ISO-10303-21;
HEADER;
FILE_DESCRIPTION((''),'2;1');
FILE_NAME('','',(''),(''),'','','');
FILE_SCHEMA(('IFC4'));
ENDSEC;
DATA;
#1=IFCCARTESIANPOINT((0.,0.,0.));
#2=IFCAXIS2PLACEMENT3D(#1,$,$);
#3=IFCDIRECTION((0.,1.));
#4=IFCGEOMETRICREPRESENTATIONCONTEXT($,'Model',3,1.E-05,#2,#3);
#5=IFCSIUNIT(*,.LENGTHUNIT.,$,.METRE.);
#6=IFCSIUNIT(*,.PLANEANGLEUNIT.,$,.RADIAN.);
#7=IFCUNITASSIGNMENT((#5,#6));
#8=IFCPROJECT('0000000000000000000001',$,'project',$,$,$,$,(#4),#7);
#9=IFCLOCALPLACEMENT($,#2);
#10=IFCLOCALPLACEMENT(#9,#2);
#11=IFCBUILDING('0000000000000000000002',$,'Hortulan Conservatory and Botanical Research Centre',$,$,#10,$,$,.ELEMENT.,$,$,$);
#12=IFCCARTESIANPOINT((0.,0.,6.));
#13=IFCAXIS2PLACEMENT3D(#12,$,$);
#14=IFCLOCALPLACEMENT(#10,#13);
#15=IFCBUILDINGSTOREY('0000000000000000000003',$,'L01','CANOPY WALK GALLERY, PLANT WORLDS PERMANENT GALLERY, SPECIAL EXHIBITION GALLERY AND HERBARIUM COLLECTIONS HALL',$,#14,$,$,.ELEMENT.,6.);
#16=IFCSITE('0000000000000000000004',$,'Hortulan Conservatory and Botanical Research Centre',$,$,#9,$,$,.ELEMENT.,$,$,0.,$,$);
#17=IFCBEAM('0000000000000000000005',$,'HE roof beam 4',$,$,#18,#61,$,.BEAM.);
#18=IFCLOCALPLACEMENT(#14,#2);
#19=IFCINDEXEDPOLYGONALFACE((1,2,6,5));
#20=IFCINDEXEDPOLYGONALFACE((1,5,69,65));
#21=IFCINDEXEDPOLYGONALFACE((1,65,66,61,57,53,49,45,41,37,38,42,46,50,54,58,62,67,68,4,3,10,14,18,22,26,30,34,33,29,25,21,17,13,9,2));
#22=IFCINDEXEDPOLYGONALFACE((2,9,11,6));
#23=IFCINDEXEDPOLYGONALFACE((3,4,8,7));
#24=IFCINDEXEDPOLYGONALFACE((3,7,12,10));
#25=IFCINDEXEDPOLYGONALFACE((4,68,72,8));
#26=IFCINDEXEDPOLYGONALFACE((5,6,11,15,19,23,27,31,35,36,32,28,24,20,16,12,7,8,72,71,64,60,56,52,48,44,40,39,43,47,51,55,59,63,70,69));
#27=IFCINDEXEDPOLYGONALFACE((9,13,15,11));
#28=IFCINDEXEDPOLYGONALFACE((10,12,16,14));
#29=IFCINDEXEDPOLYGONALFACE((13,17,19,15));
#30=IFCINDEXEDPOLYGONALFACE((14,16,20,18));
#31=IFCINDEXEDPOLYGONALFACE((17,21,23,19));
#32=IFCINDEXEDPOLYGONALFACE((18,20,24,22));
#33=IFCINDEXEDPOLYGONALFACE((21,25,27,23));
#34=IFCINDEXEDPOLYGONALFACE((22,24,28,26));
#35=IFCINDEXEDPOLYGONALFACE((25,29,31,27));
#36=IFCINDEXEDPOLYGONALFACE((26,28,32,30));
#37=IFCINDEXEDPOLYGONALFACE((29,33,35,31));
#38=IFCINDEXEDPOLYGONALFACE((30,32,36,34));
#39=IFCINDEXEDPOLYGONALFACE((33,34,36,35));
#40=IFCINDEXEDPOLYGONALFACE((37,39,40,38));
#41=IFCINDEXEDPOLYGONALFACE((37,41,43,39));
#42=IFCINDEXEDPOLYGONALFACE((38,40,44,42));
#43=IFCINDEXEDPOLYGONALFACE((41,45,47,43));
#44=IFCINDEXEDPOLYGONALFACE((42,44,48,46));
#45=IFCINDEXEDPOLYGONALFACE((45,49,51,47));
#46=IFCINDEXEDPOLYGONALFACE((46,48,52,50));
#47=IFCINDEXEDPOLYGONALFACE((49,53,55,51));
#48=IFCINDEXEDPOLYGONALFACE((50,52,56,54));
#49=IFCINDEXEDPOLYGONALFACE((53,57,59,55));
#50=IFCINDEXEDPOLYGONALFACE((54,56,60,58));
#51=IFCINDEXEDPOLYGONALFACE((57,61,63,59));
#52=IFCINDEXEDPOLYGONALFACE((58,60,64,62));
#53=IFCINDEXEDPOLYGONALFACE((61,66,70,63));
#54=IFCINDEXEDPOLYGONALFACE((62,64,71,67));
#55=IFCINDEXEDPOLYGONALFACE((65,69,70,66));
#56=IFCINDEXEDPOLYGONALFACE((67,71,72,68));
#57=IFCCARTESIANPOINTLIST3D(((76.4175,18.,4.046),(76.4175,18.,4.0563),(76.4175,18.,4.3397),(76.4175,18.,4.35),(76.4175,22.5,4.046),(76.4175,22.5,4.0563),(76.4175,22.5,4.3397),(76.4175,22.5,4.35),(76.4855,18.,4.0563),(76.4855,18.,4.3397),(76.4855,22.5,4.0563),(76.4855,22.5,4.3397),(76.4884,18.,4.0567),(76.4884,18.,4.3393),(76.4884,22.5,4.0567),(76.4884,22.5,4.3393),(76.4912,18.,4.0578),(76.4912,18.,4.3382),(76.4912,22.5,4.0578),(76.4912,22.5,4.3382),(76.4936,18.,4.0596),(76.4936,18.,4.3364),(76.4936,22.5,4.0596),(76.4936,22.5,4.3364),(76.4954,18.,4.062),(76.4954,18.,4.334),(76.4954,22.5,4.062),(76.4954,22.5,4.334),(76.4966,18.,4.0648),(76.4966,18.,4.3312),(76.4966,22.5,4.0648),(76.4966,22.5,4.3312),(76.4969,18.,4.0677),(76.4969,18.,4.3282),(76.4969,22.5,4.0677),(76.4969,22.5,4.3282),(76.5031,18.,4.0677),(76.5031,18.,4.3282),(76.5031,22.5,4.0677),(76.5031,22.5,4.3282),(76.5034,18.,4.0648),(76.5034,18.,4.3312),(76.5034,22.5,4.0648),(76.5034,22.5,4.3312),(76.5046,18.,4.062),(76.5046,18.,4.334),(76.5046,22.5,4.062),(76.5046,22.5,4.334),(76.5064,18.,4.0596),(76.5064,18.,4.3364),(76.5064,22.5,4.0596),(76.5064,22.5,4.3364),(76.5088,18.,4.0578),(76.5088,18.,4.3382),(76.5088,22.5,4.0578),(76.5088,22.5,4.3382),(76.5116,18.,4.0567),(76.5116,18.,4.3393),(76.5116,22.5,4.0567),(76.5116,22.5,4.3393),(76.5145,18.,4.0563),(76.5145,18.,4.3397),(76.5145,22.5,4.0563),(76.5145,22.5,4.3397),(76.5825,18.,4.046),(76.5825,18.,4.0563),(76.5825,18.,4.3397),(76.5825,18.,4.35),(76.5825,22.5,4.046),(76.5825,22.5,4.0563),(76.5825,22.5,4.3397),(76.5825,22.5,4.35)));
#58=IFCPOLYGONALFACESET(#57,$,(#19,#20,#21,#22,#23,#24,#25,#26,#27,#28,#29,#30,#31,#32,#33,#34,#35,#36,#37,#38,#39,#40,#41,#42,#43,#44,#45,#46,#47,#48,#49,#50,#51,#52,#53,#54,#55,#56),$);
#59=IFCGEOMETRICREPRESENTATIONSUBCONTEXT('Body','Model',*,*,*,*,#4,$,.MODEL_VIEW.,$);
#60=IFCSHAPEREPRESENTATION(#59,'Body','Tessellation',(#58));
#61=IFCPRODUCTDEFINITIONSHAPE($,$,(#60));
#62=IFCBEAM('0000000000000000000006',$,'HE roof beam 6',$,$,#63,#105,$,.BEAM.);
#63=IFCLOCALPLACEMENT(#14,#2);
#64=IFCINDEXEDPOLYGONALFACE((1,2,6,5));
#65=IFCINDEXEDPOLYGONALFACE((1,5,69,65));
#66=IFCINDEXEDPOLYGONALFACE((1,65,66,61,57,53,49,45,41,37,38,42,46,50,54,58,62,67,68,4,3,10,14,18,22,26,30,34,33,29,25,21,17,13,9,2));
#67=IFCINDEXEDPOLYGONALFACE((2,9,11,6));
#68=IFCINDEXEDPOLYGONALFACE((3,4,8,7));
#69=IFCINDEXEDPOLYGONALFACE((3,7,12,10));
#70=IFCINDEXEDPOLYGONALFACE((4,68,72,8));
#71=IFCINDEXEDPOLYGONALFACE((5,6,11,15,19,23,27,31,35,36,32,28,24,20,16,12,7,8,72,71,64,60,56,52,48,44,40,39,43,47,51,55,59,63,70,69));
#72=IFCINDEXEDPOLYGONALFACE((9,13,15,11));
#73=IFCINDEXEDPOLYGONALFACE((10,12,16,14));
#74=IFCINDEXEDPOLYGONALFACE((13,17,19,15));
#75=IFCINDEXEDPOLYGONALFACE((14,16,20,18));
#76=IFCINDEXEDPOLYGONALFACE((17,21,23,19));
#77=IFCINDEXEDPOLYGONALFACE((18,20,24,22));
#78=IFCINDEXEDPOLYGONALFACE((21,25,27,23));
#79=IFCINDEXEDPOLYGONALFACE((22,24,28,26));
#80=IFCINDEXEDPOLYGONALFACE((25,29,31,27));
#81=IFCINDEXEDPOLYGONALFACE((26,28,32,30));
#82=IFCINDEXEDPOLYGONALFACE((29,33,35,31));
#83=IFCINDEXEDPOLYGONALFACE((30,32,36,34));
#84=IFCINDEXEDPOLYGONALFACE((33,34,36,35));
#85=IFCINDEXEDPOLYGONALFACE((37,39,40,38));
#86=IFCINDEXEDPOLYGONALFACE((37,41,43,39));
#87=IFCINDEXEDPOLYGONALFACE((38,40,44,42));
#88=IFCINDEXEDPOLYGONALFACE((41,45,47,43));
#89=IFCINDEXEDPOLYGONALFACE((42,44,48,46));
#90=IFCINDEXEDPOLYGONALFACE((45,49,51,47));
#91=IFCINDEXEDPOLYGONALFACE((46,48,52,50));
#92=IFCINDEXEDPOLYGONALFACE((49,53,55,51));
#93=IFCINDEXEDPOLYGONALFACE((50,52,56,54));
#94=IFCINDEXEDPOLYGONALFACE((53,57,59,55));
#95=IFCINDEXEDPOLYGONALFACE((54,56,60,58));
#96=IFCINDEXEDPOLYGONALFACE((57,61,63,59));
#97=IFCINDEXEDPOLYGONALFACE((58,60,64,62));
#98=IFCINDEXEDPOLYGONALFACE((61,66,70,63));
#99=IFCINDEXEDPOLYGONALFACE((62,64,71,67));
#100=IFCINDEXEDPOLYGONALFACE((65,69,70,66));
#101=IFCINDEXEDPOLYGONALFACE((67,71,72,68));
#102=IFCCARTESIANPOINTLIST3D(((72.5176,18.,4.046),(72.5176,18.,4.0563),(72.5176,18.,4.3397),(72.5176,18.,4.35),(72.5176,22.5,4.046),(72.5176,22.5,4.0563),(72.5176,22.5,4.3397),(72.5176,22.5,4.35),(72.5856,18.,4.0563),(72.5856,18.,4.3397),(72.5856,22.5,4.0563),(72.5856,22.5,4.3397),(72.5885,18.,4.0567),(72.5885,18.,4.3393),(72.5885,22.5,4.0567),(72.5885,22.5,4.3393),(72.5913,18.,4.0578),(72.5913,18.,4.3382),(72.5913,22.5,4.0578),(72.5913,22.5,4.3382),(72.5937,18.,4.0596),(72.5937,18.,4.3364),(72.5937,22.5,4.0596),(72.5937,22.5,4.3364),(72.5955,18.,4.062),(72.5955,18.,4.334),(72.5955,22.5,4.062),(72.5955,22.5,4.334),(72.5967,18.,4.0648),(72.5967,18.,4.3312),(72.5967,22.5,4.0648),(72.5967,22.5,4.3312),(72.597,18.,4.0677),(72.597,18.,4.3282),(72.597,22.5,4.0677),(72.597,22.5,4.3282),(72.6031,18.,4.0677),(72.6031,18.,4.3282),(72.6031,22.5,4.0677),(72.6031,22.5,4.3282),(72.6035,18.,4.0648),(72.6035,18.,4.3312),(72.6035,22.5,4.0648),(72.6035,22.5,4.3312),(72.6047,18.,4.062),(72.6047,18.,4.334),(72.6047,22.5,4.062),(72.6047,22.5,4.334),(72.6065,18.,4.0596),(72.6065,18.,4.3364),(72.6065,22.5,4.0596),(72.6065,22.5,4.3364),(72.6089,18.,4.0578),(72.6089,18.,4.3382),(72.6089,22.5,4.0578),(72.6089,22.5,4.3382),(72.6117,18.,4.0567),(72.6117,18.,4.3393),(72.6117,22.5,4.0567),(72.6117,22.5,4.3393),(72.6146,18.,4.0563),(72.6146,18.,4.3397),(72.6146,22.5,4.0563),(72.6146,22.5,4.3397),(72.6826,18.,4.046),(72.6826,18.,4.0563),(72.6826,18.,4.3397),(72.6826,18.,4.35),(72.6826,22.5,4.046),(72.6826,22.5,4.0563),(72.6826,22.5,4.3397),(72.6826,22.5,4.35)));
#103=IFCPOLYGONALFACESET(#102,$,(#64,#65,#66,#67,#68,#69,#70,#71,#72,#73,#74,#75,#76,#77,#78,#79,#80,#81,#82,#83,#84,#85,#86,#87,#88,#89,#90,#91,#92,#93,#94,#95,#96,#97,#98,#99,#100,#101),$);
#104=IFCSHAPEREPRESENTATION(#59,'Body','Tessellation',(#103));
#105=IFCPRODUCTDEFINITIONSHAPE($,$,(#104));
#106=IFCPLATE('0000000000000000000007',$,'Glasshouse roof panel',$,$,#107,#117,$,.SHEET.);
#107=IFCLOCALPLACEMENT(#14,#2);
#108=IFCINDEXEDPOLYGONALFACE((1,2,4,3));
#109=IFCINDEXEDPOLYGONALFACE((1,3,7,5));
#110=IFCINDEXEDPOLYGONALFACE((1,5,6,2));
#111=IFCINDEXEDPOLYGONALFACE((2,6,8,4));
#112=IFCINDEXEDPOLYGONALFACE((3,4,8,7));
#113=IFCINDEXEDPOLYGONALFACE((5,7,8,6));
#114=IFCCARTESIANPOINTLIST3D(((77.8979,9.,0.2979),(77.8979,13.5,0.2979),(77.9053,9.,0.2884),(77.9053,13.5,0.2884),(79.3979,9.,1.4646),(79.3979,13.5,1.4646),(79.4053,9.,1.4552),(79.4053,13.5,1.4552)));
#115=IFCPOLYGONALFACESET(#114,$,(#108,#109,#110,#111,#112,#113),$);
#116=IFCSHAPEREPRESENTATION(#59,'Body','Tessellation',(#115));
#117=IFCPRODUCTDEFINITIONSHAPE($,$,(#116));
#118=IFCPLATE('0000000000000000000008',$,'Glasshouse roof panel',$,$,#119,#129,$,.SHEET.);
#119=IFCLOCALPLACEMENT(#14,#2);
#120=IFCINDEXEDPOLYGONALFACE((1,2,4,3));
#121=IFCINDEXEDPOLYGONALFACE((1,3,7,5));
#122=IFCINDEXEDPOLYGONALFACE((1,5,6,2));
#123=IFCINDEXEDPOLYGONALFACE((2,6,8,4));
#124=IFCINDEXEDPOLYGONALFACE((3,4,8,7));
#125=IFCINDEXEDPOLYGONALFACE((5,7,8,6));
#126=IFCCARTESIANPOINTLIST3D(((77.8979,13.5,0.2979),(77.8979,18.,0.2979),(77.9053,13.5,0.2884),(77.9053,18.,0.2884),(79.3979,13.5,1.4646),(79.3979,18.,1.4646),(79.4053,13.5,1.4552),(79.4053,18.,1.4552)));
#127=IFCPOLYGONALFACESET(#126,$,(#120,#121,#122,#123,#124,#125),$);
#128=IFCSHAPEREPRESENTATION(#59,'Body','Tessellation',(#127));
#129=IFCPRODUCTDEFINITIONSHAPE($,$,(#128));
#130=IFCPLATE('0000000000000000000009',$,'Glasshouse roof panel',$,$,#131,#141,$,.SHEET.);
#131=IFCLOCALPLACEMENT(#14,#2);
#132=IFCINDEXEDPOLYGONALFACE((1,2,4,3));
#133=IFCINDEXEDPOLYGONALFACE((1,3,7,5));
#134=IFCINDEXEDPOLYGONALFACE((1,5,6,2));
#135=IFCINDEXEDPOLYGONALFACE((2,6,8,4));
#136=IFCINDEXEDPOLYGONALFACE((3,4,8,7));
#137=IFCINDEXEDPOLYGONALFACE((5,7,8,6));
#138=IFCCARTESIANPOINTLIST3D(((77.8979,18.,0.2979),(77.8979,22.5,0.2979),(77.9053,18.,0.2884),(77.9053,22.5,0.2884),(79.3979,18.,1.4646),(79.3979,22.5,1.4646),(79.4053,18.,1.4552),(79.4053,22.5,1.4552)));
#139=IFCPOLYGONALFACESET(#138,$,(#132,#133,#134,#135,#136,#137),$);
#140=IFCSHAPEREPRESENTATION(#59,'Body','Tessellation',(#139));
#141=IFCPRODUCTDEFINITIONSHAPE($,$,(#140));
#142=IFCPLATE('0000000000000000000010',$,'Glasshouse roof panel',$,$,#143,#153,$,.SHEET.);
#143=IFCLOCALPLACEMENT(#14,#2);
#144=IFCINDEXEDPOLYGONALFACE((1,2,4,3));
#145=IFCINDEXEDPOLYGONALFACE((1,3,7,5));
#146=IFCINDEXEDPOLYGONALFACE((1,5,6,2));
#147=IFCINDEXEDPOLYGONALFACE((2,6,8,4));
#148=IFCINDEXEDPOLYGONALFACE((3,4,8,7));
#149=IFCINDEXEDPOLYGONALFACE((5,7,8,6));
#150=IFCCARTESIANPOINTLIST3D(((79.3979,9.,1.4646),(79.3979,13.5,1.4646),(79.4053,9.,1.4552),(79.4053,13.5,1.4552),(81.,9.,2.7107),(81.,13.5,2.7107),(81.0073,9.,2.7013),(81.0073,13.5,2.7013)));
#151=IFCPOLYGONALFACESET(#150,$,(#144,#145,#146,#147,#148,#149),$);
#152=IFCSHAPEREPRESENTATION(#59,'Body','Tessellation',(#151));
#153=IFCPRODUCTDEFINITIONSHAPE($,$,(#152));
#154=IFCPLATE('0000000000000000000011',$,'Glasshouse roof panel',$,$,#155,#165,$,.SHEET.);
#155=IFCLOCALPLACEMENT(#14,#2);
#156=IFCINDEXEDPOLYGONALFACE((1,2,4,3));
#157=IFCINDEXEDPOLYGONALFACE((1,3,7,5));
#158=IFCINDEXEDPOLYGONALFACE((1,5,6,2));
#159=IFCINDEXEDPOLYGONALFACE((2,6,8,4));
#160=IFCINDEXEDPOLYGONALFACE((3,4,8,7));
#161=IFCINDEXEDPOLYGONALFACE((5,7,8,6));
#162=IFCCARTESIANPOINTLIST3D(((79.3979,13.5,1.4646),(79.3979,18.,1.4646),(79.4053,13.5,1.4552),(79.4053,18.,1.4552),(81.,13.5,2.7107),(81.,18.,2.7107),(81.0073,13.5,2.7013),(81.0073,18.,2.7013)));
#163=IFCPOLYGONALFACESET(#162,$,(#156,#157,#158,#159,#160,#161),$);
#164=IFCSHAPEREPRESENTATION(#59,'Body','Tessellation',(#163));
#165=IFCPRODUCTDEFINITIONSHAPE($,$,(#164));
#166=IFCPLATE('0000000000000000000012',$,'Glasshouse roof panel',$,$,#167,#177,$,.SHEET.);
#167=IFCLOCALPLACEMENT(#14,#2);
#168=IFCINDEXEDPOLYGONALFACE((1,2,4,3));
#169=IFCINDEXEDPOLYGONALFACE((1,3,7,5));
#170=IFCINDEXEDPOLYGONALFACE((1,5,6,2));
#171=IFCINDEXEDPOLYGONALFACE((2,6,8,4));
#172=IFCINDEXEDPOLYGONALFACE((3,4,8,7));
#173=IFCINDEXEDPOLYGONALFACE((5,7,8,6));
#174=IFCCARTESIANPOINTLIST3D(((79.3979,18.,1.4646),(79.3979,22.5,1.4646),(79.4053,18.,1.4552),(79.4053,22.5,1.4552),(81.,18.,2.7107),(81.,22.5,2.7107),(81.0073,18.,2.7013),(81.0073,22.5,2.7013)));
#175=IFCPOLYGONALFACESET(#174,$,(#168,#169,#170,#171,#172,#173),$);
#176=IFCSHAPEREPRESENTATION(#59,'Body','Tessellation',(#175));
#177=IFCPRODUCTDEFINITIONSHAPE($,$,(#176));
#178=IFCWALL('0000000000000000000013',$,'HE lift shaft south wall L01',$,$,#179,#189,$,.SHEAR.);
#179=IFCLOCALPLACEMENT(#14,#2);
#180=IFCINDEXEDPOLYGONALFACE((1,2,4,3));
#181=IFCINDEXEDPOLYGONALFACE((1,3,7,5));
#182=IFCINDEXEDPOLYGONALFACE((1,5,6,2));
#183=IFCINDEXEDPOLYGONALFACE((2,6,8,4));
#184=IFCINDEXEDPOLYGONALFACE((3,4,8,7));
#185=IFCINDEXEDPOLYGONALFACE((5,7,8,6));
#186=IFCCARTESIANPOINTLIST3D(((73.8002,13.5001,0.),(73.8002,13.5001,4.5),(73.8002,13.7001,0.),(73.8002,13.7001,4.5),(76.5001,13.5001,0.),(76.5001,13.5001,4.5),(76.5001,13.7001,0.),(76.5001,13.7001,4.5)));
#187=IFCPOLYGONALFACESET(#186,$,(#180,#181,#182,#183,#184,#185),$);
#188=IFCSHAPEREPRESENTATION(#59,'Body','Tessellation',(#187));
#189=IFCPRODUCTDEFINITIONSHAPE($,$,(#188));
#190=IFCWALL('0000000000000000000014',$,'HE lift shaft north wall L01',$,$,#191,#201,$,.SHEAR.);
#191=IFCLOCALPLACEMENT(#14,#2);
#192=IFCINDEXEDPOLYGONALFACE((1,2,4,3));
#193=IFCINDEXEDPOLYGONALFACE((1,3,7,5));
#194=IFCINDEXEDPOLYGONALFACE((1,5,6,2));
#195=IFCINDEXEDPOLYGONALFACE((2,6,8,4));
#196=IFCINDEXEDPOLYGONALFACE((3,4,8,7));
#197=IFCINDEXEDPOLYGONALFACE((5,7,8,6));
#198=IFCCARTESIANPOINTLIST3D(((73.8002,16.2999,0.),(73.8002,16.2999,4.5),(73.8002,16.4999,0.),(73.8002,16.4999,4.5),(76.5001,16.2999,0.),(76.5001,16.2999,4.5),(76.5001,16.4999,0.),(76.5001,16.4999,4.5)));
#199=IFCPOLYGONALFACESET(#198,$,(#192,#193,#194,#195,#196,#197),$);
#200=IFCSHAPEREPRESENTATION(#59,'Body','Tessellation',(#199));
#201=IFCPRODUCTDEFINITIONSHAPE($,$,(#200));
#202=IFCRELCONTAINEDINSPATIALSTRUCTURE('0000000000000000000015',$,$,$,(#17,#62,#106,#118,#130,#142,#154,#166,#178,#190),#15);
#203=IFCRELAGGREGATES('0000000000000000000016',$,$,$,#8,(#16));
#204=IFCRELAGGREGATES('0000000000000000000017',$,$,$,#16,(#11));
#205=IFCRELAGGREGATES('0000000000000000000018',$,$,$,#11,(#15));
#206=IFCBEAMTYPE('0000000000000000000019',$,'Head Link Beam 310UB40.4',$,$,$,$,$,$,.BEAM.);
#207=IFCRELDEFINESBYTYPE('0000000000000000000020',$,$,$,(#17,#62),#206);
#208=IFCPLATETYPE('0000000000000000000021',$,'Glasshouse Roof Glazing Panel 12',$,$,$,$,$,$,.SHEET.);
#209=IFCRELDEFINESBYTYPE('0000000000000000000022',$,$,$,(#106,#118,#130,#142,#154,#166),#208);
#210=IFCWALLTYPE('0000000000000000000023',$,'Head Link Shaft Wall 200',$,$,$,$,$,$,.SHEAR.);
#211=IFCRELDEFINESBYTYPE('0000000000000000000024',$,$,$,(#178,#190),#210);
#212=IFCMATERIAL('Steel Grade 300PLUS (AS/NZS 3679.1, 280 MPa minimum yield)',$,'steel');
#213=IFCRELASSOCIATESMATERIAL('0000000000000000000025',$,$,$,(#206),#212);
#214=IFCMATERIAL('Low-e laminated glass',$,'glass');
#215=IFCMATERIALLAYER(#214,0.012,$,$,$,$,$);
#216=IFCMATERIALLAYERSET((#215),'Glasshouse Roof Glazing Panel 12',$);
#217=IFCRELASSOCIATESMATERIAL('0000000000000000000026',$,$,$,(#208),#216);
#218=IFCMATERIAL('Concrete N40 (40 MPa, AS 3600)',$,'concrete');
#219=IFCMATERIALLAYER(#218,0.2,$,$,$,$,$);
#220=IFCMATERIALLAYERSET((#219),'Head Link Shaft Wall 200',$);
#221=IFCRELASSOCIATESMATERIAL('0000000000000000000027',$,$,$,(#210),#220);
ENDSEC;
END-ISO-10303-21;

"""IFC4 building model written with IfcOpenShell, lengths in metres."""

from ifc_helpers import new_model, si_unit, direction, frame, frame_2d, origin, origin_2d, place, context, subcontext, project, spatial, polyline, rectangle, i_section, outline, extrude, material, layer, layer_set, material_profile, profile_set, type_object, element, save


model = new_model("IFC4")

# Units and contexts
model_context = context("Model", 3, precision=1e-05, world=origin(), true_north=direction((0.0, 1.0)))
body_context = subcontext(model_context, "Body", "Model", "MODEL_VIEW")
ifc_project = project(units=[si_unit("LENGTHUNIT", "METRE"), si_unit("PLANEANGLEUNIT", "RADIAN")], contexts=[model_context])

# Site, building, storey
site_placement = place(None, origin())
site = spatial("IfcSite", under=ifc_project, at=site_placement, Name="Hortulan Conservatory and Botanical Research Centre", CompositionType="ELEMENT", RefElevation=0.0)
building_placement = place(site_placement, origin())
building = spatial("IfcBuilding", under=site, at=building_placement, Name="Hortulan Conservatory and Botanical Research Centre", CompositionType="ELEMENT")
storey_placement = place(building_placement, frame((0.0, 0.0, 6.0)))
storey = spatial("IfcBuildingStorey", under=building, at=storey_placement, Name="L01", Description="CANOPY WALK GALLERY, PLANT WORLDS PERMANENT GALLERY, SPECIAL EXHIBITION GALLERY AND HERBARIUM COLLECTIONS HALL", CompositionType="ELEMENT", Elevation=6.0)

# Beams
ifc_material_1 = material(Name="Steel Grade 300PLUS (AS/NZS 3679.1, 280 MPa minimum yield)", Category="steel")
ifc_material_profile_1 = material_profile(ifc_material_1, i_section(OverallWidth=0.165, OverallDepth=0.304, WebThickness=0.0061, FlangeThickness=0.0103, FilletRadius=0.0115, at=origin_2d()), Name="310UB40.4")
ifc_profile_set_1 = profile_set([ifc_material_profile_1], Name="Steel Grade 300PLUS (AS/NZS 3679.1, 280 MPa minimum yield)")
beam_type_1 = type_object("IfcBeamType", Name="Head Link Beam 310UB40.4", PredefinedType="BEAM", material=ifc_profile_set_1)
for number, where, z_axis, x_axis, name in (
    (1, (76.5, 18.0, 4.198), (0.0, 1.0, 0.0), (-1.0, 0.0, 0.0), "HE roof beam 4"),
    (2, (72.6001, 18.0, 4.198), (0.0, 1.0, 0.0), (-1.0, 0.0, 0.0), "HE roof beam 6"),
):
    element("IfcBeam", number, at=place(storey_placement, frame(where, z_axis=z_axis, x_axis=x_axis)), inside=storey, type_object=beam_type_1, Name=name, PredefinedType="BEAM", context=body_context, shape_type="SweptSolid", body=[
        extrude(i_section(OverallWidth=0.165, OverallDepth=0.304, WebThickness=0.0061, FlangeThickness=0.0103, FilletRadius=0.0115, at=origin_2d()), origin(), (0.0, 0.0, 1.0), 4.5),
    ])

# Plates
ifc_material_2 = material(Name="Low-e laminated glass", Category="glass")
ifc_layer_1 = layer(ifc_material_2, 0.012)
ifc_layer_set_1 = layer_set([ifc_layer_1], Name="Glasshouse Roof Glazing Panel 12")
plate_type = type_object("IfcPlateType", Name="Glasshouse Roof Glazing Panel 12", PredefinedType="SHEET", material=ifc_layer_set_1)
for number, where, z_axis, x_axis, name in (
    (3, (77.8979, 9.0, 0.2979), (-0.613967, 0.0, 0.789331), (0.789331, 0.0, 0.613967), "Glasshouse roof panel"),
    (4, (77.8979, 13.5, 0.2979), (-0.613967, 0.0, 0.789331), (0.789331, 0.0, 0.613967), "Glasshouse roof panel"),
    (5, (77.8979, 18.0, 0.2979), (-0.613967, 0.0, 0.789331), (0.789331, 0.0, 0.613967), "Glasshouse roof panel"),
):
    element("IfcPlate", number, at=place(storey_placement, frame(where, z_axis=z_axis, x_axis=x_axis)), inside=storey, type_object=plate_type, Name=name, PredefinedType="SHEET", context=body_context, shape_type="SweptSolid", body=[
        extrude(outline(polyline([(0.0, 0.0), (1.9003, 0.0), (1.9003, 4.5), (0.0, 4.5), (0.0, 0.0)])), origin(), (0.0, 0.0, -1.0), 0.012),
    ])
for number, where, z_axis, x_axis, name in (
    (6, (79.3979, 9.0, 1.4646), (-0.613957, 0.0, 0.789339), (0.789339, 0.0, 0.613957), "Glasshouse roof panel"),
    (7, (79.3979, 13.5, 1.4646), (-0.613957, 0.0, 0.789339), (0.789339, 0.0, 0.613957), "Glasshouse roof panel"),
    (8, (79.3979, 18.0, 1.4646), (-0.613957, 0.0, 0.789339), (0.789339, 0.0, 0.613957), "Glasshouse roof panel"),
):
    element("IfcPlate", number, at=place(storey_placement, frame(where, z_axis=z_axis, x_axis=x_axis)), inside=storey, type_object=plate_type, Name=name, PredefinedType="SHEET", context=body_context, shape_type="SweptSolid", body=[
        extrude(outline(polyline([(0.0, 0.0), (2.0296, 0.0), (2.0296, 4.5), (0.0, 4.5), (0.0, 0.0)])), origin(), (0.0, 0.0, -1.0), 0.012),
    ])

# Walls
ifc_material_3 = material(Name="Concrete N40 (40 MPa, AS 3600)", Category="concrete")
ifc_layer_2 = layer(ifc_material_3, 0.2)
ifc_layer_set_2 = layer_set([ifc_layer_2], Name="Head Link Shaft Wall 200")
wall_type = type_object("IfcWallType", Name="Head Link Shaft Wall 200", PredefinedType="SHEAR", material=ifc_layer_set_2)
for number, where, z_axis, x_axis, name in (
    (9, (73.8, 13.6001, 0.0), (0.0, 0.0, 1.0), (1.0, 0.0, 0.0), "HE lift shaft south wall L01"),
    (10, (73.8, 16.3999, 0.0), (0.0, 0.0, 1.0), (1.0, 0.0, 0.0), "HE lift shaft north wall L01"),
):
    element("IfcWall", number, at=place(storey_placement, frame(where, z_axis=z_axis, x_axis=x_axis)), inside=storey, type_object=wall_type, Name=name, PredefinedType="SHEAR", context=body_context, shape_type="SweptSolid", body=[
        extrude(rectangle(XDim=2.7, YDim=0.2, at=frame_2d((1.3501, 0.0))), origin(), (0.0, 0.0, 1.0), 4.5),
    ])

save(model, "model.ifc")
